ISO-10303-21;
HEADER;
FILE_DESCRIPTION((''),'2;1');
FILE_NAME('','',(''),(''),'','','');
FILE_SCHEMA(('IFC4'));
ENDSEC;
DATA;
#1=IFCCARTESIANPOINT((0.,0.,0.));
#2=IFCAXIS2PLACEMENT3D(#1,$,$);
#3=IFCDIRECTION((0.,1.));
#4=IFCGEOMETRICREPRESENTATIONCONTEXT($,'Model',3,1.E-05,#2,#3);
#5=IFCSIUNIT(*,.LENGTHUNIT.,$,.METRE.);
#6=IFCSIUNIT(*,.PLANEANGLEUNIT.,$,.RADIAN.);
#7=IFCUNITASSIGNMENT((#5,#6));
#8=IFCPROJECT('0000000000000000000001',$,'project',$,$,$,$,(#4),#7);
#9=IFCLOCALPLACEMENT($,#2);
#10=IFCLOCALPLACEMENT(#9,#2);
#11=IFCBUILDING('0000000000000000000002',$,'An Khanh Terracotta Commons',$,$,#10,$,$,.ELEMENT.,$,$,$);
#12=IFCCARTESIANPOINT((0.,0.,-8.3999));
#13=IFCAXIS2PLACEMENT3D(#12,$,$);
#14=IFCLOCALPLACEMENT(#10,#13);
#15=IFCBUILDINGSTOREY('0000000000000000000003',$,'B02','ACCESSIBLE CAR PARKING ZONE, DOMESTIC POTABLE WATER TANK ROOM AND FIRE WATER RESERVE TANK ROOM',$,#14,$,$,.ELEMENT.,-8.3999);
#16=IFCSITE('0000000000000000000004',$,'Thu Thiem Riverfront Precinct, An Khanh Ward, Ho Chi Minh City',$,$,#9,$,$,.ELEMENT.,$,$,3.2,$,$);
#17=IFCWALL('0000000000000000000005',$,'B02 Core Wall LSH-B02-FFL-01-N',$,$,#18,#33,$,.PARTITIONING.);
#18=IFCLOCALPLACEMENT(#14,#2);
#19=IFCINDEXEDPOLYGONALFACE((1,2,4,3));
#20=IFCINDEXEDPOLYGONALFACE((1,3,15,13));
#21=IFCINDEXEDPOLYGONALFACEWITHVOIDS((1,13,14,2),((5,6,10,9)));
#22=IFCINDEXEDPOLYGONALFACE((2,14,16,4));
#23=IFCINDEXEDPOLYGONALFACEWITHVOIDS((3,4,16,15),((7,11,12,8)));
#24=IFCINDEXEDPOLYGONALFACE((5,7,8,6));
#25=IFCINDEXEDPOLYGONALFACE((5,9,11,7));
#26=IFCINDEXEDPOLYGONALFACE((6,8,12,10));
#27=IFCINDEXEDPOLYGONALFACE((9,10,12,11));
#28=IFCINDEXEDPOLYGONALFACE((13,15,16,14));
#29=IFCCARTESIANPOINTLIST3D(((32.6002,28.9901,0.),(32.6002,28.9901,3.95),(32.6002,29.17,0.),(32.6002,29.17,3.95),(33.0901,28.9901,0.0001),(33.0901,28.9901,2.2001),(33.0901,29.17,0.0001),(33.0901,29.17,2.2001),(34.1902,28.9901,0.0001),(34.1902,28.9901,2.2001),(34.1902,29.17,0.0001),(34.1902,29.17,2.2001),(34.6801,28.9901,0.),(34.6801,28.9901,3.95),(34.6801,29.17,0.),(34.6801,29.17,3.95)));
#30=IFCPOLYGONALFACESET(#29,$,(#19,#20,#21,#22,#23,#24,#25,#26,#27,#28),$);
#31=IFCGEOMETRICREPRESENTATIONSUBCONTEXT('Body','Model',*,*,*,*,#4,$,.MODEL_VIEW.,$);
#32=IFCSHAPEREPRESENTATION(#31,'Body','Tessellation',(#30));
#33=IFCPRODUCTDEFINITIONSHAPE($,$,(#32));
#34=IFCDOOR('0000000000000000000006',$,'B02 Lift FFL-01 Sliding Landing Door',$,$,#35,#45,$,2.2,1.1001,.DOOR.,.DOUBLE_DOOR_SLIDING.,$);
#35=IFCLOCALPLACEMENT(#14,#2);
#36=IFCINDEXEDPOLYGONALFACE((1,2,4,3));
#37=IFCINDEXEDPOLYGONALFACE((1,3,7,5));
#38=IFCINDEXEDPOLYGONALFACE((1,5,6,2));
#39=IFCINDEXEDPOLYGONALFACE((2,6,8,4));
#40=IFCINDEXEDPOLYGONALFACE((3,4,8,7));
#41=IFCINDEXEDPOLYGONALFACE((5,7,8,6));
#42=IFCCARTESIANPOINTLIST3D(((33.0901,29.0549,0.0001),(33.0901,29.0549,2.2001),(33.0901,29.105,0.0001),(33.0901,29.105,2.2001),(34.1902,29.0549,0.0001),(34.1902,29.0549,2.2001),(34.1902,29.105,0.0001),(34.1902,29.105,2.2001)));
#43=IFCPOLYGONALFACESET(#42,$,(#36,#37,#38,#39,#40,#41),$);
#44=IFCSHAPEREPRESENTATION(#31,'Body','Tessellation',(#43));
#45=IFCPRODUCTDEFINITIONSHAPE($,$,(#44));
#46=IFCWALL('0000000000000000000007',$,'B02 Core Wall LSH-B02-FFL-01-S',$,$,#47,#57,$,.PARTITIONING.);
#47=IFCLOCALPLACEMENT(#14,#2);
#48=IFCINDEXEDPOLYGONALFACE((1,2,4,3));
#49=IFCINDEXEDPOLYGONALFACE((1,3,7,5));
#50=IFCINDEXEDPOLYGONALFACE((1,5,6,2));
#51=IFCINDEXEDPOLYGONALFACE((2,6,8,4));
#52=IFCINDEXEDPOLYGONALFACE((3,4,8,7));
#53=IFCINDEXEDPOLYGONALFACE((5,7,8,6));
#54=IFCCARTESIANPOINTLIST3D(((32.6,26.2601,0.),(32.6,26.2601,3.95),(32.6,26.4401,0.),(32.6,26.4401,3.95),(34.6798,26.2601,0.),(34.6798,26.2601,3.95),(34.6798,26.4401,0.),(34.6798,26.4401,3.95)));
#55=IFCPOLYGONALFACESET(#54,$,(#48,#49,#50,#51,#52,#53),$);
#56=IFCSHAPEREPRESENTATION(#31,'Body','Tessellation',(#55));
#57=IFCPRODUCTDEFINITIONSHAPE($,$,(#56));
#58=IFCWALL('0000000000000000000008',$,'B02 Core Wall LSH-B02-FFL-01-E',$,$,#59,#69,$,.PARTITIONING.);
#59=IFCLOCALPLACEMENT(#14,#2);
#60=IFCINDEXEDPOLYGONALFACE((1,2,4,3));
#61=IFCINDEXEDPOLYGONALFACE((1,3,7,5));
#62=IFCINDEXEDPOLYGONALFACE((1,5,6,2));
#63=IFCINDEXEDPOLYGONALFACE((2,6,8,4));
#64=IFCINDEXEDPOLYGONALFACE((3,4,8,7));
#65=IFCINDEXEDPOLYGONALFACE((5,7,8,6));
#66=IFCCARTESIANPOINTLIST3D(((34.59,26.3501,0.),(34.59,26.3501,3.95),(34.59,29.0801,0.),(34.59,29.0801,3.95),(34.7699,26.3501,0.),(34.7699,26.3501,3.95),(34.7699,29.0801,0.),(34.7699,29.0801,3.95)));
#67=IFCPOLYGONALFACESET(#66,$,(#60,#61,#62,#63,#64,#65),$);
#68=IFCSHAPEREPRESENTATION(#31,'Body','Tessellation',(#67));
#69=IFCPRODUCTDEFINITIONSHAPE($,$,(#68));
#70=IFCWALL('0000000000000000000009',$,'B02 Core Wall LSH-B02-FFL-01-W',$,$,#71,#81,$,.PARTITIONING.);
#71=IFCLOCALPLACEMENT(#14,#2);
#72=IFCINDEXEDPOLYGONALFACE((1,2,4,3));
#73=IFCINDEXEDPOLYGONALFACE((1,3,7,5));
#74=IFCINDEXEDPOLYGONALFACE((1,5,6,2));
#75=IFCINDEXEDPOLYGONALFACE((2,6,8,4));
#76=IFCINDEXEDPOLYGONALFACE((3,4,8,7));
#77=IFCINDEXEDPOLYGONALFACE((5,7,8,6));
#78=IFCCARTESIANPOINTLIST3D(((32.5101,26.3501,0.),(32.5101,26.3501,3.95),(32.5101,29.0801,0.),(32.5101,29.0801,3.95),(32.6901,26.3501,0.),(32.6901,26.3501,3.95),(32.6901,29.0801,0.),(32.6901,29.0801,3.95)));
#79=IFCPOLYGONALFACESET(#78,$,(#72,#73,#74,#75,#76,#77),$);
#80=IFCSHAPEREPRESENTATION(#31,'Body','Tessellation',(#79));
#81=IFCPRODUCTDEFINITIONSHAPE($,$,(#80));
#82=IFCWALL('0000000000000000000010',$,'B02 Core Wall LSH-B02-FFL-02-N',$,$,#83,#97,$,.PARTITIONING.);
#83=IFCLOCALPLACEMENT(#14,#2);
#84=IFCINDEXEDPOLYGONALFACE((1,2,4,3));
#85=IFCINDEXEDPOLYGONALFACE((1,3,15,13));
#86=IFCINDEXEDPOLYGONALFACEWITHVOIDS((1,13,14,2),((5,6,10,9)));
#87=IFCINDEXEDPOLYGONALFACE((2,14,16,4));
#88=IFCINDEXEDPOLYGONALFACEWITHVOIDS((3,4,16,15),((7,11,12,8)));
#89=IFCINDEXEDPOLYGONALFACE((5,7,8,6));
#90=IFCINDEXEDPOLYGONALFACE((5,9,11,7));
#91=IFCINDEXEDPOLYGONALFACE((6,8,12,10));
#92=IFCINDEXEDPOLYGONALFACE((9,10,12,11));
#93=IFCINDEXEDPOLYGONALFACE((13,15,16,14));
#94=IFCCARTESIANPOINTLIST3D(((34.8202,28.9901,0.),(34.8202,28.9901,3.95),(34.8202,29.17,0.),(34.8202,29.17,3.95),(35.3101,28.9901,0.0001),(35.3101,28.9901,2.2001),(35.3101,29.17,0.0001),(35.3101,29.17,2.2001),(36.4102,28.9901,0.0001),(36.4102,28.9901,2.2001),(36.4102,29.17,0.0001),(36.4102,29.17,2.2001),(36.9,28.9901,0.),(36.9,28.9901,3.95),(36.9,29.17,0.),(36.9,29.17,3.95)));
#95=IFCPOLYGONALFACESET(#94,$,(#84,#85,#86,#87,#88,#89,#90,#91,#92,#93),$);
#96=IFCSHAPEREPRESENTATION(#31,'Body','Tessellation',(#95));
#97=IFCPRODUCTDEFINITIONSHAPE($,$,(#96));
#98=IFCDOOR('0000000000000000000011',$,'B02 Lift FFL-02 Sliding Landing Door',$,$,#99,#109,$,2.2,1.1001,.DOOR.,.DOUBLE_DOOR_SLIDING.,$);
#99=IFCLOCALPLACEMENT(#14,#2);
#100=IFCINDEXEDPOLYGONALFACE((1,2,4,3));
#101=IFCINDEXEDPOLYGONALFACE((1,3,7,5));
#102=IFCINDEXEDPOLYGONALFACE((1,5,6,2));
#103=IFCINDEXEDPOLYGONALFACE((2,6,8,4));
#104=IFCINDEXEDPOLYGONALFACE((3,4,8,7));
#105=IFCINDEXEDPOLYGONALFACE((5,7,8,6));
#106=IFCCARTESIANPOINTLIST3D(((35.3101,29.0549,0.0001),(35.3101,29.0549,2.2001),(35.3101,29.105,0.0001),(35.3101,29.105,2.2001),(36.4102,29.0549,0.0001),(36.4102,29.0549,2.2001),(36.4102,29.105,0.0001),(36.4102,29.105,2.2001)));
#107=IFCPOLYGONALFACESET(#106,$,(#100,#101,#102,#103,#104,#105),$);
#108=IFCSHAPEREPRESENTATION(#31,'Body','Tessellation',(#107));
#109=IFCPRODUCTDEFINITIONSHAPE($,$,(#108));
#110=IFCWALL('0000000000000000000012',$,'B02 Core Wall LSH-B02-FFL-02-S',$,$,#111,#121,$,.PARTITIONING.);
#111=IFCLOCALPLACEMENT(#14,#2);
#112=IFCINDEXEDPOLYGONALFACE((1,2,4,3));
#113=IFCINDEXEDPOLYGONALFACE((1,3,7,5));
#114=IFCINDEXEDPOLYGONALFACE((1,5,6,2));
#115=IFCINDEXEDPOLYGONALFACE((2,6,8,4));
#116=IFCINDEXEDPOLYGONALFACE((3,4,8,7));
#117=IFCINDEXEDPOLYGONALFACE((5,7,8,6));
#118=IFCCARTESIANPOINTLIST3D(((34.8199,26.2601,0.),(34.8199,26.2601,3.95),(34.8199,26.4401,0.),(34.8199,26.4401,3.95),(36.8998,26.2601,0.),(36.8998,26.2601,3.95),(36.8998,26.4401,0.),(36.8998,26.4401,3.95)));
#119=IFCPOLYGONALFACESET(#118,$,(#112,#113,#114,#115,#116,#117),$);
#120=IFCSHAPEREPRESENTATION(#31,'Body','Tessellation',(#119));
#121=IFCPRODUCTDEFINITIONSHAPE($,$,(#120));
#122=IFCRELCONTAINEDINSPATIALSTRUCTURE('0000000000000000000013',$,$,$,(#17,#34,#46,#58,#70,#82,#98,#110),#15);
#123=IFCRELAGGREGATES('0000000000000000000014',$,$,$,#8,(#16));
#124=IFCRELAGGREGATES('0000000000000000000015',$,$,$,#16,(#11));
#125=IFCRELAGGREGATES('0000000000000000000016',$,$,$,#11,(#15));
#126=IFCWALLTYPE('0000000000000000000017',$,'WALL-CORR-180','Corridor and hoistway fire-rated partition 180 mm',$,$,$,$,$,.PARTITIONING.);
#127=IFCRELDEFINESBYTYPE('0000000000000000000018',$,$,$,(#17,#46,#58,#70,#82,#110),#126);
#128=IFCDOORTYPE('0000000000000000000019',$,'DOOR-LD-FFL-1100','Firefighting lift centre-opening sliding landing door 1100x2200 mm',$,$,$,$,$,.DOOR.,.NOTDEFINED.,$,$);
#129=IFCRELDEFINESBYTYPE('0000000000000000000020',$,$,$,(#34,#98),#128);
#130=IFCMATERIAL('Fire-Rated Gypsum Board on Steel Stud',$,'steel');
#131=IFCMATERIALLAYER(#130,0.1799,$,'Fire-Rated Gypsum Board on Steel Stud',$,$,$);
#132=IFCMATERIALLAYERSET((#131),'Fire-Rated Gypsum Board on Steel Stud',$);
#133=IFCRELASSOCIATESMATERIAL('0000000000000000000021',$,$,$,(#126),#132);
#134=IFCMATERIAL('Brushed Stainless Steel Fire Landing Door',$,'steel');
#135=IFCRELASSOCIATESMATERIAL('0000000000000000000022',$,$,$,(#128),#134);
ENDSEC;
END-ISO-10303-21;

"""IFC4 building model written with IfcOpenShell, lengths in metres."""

from ifc_helpers import new_model, si_unit, direction, frame, frame_2d, origin, place, context, subcontext, project, spatial, rectangle, extrude, material, layer, layer_set, type_object, element, fill, save


model = new_model("IFC4")

# Units and contexts
model_context = context("Model", 3, precision=1e-05, world=origin(), true_north=direction((0.0, 1.0)))
body_context = subcontext(model_context, "Body", "Model", "MODEL_VIEW")
ifc_project = project(units=[si_unit("LENGTHUNIT", "METRE"), si_unit("PLANEANGLEUNIT", "RADIAN")], contexts=[model_context])

# Site, building, storey
site_placement = place(None, origin())
site = spatial("IfcSite", under=ifc_project, at=site_placement, Name="Thu Thiem Riverfront Precinct, An Khanh Ward, Ho Chi Minh City", CompositionType="ELEMENT", RefElevation=3.2)
building_placement = place(site_placement, origin())
building = spatial("IfcBuilding", under=site, at=building_placement, Name="An Khanh Terracotta Commons", CompositionType="ELEMENT")
storey_placement = place(building_placement, frame((0.0, 0.0, -8.3999)))
storey = spatial("IfcBuildingStorey", under=building, at=storey_placement, Name="B02", Description="ACCESSIBLE CAR PARKING ZONE, DOMESTIC POTABLE WATER TANK ROOM AND FIRE WATER RESERVE TANK ROOM", CompositionType="ELEMENT", Elevation=-8.3999)

# Shared definitions
ifc_material_1 = material(Name="Fire-Rated Gypsum Board on Steel Stud", Category="steel")
ifc_layer_1 = layer(ifc_material_1, 0.1799, Name="Fire-Rated Gypsum Board on Steel Stud")
ifc_layer_set_1 = layer_set([ifc_layer_1], Name="Fire-Rated Gypsum Board on Steel Stud")
wall_type_1 = type_object("IfcWallType", Name="WALL-CORR-180", Description="Corridor and hoistway fire-rated partition 180 mm", PredefinedType="PARTITIONING", material=ifc_layer_set_1)

# Wall, opening, door
wall_1_placement = place(storey_placement, frame((32.6001, 29.0801, 0.0), z_axis=(0.0, 0.0, 1.0), x_axis=(1.0, 0.0, 0.0)))
wall_1 = element("IfcWall", 1, at=wall_1_placement, inside=storey, type_object=wall_type_1, Name="B02 Core Wall LSH-B02-FFL-01-N", PredefinedType="PARTITIONING", context=body_context, shape_type="SweptSolid", body=[
    extrude(rectangle(XDim=2.0798, YDim=0.1799, at=frame_2d((1.04, 0.0))), origin(), (0.0, 0.0, 1.0), 3.95),
])
opening_1_placement = place(wall_1_placement, frame((0.49, 0.0, 0.0)))
opening_1 = element("IfcOpeningElement", 2, at=opening_1_placement, cuts=wall_1, PredefinedType="OPENING", context=body_context, shape_type="SweptSolid", body=[
    extrude(rectangle(XDim=1.1001, YDim=2.2, at=frame_2d((0.55, 1.1001))), frame((0.0, 0.0999, 0.0), z_axis=(0.0, -1.0, 0.0), x_axis=(1.0, 0.0, 0.0)), (0.0, 0.0, 1.0), 0.2),
])
ifc_material_2 = material(Name="Brushed Stainless Steel Fire Landing Door", Category="steel")
door_type_1 = type_object("IfcDoorType", Name="DOOR-LD-FFL-1100", Description="Firefighting lift centre-opening sliding landing door 1100x2200 mm", OperationType="NOTDEFINED", PredefinedType="DOOR", material=ifc_material_2)
door_1_placement = place(opening_1_placement, origin())
door_1 = element("IfcDoor", 3, at=door_1_placement, inside=storey, type_object=door_type_1, Name="B02 Lift FFL-01 Sliding Landing Door", OperationType="DOUBLE_DOOR_SLIDING", OverallHeight=2.2, OverallWidth=1.1001, PredefinedType="DOOR", context=body_context, shape_type="SweptSolid", body=[
    extrude(rectangle(XDim=1.1001, YDim=2.2, at=frame_2d((0.55, 1.1001))), frame((0.0, 0.0249, 0.0), z_axis=(0.0, -1.0, 0.0), x_axis=(1.0, 0.0, 0.0)), (0.0, 0.0, 1.0), 0.05),
])
fill(opening_1, door_1)

# Walls
wall_2_placement = place(storey_placement, frame((34.6799, 26.3501, 0.0), z_axis=(0.0, 0.0, 1.0), x_axis=(-1.0, 0.0, 0.0)))
element("IfcWall", 4, at=wall_2_placement, inside=storey, type_object=wall_type_1, Name="B02 Core Wall LSH-B02-FFL-01-S", PredefinedType="PARTITIONING", context=body_context, shape_type="SweptSolid", body=[
    extrude(rectangle(XDim=2.0798, YDim=0.1799, at=frame_2d((1.04, 0.0))), origin(), (0.0, 0.0, 1.0), 3.95),
])
for number, where, z_axis, x_axis, name in (
    (5, (34.6799, 26.3501, 0.0), (0.0, 0.0, 1.0), (0.0, 1.0, 0.0), "B02 Core Wall LSH-B02-FFL-01-E"),
    (6, (32.6001, 29.0801, 0.0), (0.0, 0.0, 1.0), (0.0, -1.0, 0.0), "B02 Core Wall LSH-B02-FFL-01-W"),
):
    element("IfcWall", number, at=place(storey_placement, frame(where, z_axis=z_axis, x_axis=x_axis)), inside=storey, type_object=wall_type_1, Name=name, PredefinedType="PARTITIONING", context=body_context, shape_type="SweptSolid", body=[
        extrude(rectangle(XDim=2.73, YDim=0.1799, at=frame_2d((1.365, 0.0))), origin(), (0.0, 0.0, 1.0), 3.95),
    ])

# Wall, opening, door
wall_3_placement = place(storey_placement, frame((34.8201, 29.0801, 0.0), z_axis=(0.0, 0.0, 1.0), x_axis=(1.0, 0.0, 0.0)))
wall_3 = element("IfcWall", 7, at=wall_3_placement, inside=storey, type_object=wall_type_1, Name="B02 Core Wall LSH-B02-FFL-02-N", PredefinedType="PARTITIONING", context=body_context, shape_type="SweptSolid", body=[
    extrude(rectangle(XDim=2.0798, YDim=0.1799, at=frame_2d((1.04, 0.0))), origin(), (0.0, 0.0, 1.0), 3.95),
])
opening_2_placement = place(wall_3_placement, frame((0.49, 0.0, 0.0)))
opening_2 = element("IfcOpeningElement", 8, at=opening_2_placement, cuts=wall_3, PredefinedType="OPENING", context=body_context, shape_type="SweptSolid", body=[
    extrude(rectangle(XDim=1.1001, YDim=2.2, at=frame_2d((0.55, 1.1001))), frame((0.0, 0.0999, 0.0), z_axis=(0.0, -1.0, 0.0), x_axis=(1.0, 0.0, 0.0)), (0.0, 0.0, 1.0), 0.2),
])
door_2_placement = place(opening_2_placement, origin())
door_2 = element("IfcDoor", 9, at=door_2_placement, inside=storey, type_object=door_type_1, Name="B02 Lift FFL-02 Sliding Landing Door", OperationType="DOUBLE_DOOR_SLIDING", OverallHeight=2.2, OverallWidth=1.1001, PredefinedType="DOOR", context=body_context, shape_type="SweptSolid", body=[
    extrude(rectangle(XDim=1.1001, YDim=2.2, at=frame_2d((0.55, 1.1001))), frame((0.0, 0.0249, 0.0), z_axis=(0.0, -1.0, 0.0), x_axis=(1.0, 0.0, 0.0)), (0.0, 0.0, 1.0), 0.05),
])
fill(opening_2, door_2)

# Wall
wall_4_placement = place(storey_placement, frame((36.8999, 26.3501, 0.0), z_axis=(0.0, 0.0, 1.0), x_axis=(-1.0, 0.0, 0.0)))
element("IfcWall", 10, at=wall_4_placement, inside=storey, type_object=wall_type_1, Name="B02 Core Wall LSH-B02-FFL-02-S", PredefinedType="PARTITIONING", context=body_context, shape_type="SweptSolid", body=[
    extrude(rectangle(XDim=2.0798, YDim=0.1799, at=frame_2d((1.04, 0.0))), origin(), (0.0, 0.0, 1.0), 3.95),
])

save(model, "model.ifc")
